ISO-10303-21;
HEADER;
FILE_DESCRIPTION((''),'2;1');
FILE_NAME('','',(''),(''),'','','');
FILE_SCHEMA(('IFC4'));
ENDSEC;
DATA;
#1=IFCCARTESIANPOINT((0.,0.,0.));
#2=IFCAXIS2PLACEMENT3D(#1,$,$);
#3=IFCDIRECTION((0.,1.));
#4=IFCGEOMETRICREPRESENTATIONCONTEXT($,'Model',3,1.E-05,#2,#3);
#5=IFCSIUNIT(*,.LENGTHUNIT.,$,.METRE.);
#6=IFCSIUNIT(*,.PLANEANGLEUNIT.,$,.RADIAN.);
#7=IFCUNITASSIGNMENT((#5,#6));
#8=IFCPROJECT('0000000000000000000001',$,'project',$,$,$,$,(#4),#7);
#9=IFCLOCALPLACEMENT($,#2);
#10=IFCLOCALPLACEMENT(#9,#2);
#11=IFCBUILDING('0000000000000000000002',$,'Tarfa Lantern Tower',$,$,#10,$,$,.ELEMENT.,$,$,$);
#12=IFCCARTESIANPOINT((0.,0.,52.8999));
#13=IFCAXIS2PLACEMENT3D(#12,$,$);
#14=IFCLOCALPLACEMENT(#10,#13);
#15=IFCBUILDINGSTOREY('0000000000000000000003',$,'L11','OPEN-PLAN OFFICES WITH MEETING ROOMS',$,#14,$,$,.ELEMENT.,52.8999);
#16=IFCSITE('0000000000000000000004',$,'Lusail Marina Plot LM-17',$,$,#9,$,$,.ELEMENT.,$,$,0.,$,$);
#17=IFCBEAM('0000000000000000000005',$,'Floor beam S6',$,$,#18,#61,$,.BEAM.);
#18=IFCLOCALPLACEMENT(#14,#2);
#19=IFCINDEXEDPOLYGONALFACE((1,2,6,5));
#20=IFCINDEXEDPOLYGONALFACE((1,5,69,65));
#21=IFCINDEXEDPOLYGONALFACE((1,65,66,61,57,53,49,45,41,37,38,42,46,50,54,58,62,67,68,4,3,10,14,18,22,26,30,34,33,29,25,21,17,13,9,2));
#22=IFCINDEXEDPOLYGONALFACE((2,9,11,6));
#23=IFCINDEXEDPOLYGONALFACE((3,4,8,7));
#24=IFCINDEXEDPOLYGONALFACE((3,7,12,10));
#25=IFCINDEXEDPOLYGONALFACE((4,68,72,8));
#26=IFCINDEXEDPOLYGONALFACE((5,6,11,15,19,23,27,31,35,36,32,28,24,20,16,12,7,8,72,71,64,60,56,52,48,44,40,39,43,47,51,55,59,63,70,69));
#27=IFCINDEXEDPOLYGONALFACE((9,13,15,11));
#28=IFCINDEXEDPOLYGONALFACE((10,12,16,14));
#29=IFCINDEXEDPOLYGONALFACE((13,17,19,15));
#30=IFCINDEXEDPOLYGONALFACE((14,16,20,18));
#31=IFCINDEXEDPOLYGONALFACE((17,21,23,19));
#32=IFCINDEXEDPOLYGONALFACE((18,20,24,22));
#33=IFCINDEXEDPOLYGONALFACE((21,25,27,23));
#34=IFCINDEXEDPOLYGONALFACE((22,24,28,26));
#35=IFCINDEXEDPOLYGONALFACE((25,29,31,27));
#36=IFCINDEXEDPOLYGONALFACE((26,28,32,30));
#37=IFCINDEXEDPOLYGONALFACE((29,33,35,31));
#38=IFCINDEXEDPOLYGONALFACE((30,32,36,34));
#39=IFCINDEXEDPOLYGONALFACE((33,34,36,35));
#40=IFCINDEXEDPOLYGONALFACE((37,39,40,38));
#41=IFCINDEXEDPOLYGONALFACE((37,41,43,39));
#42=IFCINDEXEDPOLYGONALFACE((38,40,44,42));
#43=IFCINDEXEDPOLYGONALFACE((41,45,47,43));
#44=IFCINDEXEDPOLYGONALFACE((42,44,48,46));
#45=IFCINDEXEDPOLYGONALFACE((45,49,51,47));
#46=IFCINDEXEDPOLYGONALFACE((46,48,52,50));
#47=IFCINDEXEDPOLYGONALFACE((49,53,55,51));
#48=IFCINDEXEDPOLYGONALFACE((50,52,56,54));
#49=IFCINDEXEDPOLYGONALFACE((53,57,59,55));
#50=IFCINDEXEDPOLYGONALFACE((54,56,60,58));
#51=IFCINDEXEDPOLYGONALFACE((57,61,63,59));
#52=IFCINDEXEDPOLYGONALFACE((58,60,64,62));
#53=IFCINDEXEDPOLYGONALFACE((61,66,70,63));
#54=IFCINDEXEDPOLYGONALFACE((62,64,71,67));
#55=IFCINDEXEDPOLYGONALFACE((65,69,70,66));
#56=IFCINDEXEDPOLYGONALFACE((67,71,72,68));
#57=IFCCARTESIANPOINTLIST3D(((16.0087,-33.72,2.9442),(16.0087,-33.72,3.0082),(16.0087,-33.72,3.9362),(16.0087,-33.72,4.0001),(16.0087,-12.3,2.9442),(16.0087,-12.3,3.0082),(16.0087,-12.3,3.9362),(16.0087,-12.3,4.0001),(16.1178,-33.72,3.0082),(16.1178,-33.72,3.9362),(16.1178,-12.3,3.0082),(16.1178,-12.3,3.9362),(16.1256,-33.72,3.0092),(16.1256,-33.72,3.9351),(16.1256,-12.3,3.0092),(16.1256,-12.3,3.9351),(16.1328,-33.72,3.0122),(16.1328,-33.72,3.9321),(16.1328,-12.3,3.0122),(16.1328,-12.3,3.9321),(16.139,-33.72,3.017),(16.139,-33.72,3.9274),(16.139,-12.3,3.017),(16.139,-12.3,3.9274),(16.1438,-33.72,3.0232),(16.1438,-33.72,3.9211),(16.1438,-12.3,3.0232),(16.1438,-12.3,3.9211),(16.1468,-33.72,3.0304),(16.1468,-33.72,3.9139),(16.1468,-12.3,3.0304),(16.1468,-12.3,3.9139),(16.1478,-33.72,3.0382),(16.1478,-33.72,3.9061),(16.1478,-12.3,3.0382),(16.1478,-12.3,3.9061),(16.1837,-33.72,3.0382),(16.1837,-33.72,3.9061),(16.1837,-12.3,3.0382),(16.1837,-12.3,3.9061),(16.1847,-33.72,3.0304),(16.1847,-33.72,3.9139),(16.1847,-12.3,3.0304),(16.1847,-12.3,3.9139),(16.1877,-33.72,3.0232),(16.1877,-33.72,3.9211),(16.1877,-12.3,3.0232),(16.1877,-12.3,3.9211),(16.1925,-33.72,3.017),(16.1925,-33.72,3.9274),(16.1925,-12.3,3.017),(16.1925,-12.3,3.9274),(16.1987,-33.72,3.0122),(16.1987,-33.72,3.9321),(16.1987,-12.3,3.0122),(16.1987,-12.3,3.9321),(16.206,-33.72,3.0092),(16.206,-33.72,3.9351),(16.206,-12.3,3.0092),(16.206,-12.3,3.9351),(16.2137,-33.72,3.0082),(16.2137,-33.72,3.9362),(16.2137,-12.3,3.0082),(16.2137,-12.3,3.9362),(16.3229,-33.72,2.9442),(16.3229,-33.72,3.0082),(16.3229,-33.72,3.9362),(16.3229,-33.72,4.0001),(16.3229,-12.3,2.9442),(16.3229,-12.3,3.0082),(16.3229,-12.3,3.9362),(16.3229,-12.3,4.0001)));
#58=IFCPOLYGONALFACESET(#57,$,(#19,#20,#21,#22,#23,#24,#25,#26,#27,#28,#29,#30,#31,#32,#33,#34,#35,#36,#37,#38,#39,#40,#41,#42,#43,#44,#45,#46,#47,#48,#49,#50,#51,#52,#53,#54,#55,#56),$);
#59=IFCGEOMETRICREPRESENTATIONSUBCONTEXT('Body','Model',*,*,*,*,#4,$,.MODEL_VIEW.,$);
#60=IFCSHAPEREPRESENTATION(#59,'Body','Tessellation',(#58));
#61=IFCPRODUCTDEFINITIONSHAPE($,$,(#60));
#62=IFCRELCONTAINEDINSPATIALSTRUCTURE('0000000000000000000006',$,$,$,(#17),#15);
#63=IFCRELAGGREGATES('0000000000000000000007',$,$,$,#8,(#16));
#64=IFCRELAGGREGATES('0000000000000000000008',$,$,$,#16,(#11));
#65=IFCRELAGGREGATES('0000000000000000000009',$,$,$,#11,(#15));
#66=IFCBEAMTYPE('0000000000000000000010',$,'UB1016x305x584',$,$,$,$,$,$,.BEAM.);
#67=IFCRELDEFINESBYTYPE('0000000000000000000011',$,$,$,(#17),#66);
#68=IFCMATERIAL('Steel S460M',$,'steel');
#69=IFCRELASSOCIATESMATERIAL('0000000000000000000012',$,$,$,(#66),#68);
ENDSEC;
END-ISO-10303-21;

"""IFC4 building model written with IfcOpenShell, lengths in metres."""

from ifc_helpers import new_model, si_unit, direction, frame, origin, origin_2d, place, context, subcontext, project, spatial, i_section, extrude, material, material_profile, profile_set, type_object, element, save


model = new_model("IFC4")

# Units and contexts
model_context = context("Model", 3, precision=1e-05, world=origin(), true_north=direction((0.0, 1.0)))
body_context = subcontext(model_context, "Body", "Model", "MODEL_VIEW")
ifc_project = project(units=[si_unit("LENGTHUNIT", "METRE"), si_unit("PLANEANGLEUNIT", "RADIAN")], contexts=[model_context])

# Site, building, storey
site_placement = place(None, origin())
site = spatial("IfcSite", under=ifc_project, at=site_placement, Name="Lusail Marina Plot LM-17", CompositionType="ELEMENT", RefElevation=0.0)
building_placement = place(site_placement, origin())
building = spatial("IfcBuilding", under=site, at=building_placement, Name="Tarfa Lantern Tower", CompositionType="ELEMENT")
storey_placement = place(building_placement, frame((0.0, 0.0, 52.8999)))
storey = spatial("IfcBuildingStorey", under=building, at=storey_placement, Name="L11", Description="OPEN-PLAN OFFICES WITH MEETING ROOMS", CompositionType="ELEMENT", Elevation=52.8999)

# Beam
ifc_material_1 = material(Name="Steel S460M", Category="steel")
ifc_material_profile_1 = material_profile(ifc_material_1, i_section(OverallWidth=0.3142, OverallDepth=1.0559, WebThickness=0.0359, FlangeThickness=0.064, FilletRadius=0.03, at=origin_2d()), Name="UB1016x305x584")
ifc_profile_set_1 = profile_set([ifc_material_profile_1], Name="Steel S460M")
beam_type_1 = type_object("IfcBeamType", Name="UB1016x305x584", PredefinedType="BEAM", material=ifc_profile_set_1)
beam_1_placement = place(storey_placement, frame((16.1658, -33.72, 3.4722), z_axis=(0.0, 1.0, 0.0), x_axis=(-1.0, 0.0, 0.0)))
element("IfcBeam", 1, at=beam_1_placement, inside=storey, type_object=beam_type_1, Name="Floor beam S6", PredefinedType="BEAM", context=body_context, shape_type="SweptSolid", body=[
    extrude(i_section(OverallWidth=0.3142, OverallDepth=1.0559, WebThickness=0.0359, FlangeThickness=0.064, FilletRadius=0.03, at=origin_2d()), origin(), (0.0, 0.0, 1.0), 21.4199),
])

save(model, "model.ifc")
